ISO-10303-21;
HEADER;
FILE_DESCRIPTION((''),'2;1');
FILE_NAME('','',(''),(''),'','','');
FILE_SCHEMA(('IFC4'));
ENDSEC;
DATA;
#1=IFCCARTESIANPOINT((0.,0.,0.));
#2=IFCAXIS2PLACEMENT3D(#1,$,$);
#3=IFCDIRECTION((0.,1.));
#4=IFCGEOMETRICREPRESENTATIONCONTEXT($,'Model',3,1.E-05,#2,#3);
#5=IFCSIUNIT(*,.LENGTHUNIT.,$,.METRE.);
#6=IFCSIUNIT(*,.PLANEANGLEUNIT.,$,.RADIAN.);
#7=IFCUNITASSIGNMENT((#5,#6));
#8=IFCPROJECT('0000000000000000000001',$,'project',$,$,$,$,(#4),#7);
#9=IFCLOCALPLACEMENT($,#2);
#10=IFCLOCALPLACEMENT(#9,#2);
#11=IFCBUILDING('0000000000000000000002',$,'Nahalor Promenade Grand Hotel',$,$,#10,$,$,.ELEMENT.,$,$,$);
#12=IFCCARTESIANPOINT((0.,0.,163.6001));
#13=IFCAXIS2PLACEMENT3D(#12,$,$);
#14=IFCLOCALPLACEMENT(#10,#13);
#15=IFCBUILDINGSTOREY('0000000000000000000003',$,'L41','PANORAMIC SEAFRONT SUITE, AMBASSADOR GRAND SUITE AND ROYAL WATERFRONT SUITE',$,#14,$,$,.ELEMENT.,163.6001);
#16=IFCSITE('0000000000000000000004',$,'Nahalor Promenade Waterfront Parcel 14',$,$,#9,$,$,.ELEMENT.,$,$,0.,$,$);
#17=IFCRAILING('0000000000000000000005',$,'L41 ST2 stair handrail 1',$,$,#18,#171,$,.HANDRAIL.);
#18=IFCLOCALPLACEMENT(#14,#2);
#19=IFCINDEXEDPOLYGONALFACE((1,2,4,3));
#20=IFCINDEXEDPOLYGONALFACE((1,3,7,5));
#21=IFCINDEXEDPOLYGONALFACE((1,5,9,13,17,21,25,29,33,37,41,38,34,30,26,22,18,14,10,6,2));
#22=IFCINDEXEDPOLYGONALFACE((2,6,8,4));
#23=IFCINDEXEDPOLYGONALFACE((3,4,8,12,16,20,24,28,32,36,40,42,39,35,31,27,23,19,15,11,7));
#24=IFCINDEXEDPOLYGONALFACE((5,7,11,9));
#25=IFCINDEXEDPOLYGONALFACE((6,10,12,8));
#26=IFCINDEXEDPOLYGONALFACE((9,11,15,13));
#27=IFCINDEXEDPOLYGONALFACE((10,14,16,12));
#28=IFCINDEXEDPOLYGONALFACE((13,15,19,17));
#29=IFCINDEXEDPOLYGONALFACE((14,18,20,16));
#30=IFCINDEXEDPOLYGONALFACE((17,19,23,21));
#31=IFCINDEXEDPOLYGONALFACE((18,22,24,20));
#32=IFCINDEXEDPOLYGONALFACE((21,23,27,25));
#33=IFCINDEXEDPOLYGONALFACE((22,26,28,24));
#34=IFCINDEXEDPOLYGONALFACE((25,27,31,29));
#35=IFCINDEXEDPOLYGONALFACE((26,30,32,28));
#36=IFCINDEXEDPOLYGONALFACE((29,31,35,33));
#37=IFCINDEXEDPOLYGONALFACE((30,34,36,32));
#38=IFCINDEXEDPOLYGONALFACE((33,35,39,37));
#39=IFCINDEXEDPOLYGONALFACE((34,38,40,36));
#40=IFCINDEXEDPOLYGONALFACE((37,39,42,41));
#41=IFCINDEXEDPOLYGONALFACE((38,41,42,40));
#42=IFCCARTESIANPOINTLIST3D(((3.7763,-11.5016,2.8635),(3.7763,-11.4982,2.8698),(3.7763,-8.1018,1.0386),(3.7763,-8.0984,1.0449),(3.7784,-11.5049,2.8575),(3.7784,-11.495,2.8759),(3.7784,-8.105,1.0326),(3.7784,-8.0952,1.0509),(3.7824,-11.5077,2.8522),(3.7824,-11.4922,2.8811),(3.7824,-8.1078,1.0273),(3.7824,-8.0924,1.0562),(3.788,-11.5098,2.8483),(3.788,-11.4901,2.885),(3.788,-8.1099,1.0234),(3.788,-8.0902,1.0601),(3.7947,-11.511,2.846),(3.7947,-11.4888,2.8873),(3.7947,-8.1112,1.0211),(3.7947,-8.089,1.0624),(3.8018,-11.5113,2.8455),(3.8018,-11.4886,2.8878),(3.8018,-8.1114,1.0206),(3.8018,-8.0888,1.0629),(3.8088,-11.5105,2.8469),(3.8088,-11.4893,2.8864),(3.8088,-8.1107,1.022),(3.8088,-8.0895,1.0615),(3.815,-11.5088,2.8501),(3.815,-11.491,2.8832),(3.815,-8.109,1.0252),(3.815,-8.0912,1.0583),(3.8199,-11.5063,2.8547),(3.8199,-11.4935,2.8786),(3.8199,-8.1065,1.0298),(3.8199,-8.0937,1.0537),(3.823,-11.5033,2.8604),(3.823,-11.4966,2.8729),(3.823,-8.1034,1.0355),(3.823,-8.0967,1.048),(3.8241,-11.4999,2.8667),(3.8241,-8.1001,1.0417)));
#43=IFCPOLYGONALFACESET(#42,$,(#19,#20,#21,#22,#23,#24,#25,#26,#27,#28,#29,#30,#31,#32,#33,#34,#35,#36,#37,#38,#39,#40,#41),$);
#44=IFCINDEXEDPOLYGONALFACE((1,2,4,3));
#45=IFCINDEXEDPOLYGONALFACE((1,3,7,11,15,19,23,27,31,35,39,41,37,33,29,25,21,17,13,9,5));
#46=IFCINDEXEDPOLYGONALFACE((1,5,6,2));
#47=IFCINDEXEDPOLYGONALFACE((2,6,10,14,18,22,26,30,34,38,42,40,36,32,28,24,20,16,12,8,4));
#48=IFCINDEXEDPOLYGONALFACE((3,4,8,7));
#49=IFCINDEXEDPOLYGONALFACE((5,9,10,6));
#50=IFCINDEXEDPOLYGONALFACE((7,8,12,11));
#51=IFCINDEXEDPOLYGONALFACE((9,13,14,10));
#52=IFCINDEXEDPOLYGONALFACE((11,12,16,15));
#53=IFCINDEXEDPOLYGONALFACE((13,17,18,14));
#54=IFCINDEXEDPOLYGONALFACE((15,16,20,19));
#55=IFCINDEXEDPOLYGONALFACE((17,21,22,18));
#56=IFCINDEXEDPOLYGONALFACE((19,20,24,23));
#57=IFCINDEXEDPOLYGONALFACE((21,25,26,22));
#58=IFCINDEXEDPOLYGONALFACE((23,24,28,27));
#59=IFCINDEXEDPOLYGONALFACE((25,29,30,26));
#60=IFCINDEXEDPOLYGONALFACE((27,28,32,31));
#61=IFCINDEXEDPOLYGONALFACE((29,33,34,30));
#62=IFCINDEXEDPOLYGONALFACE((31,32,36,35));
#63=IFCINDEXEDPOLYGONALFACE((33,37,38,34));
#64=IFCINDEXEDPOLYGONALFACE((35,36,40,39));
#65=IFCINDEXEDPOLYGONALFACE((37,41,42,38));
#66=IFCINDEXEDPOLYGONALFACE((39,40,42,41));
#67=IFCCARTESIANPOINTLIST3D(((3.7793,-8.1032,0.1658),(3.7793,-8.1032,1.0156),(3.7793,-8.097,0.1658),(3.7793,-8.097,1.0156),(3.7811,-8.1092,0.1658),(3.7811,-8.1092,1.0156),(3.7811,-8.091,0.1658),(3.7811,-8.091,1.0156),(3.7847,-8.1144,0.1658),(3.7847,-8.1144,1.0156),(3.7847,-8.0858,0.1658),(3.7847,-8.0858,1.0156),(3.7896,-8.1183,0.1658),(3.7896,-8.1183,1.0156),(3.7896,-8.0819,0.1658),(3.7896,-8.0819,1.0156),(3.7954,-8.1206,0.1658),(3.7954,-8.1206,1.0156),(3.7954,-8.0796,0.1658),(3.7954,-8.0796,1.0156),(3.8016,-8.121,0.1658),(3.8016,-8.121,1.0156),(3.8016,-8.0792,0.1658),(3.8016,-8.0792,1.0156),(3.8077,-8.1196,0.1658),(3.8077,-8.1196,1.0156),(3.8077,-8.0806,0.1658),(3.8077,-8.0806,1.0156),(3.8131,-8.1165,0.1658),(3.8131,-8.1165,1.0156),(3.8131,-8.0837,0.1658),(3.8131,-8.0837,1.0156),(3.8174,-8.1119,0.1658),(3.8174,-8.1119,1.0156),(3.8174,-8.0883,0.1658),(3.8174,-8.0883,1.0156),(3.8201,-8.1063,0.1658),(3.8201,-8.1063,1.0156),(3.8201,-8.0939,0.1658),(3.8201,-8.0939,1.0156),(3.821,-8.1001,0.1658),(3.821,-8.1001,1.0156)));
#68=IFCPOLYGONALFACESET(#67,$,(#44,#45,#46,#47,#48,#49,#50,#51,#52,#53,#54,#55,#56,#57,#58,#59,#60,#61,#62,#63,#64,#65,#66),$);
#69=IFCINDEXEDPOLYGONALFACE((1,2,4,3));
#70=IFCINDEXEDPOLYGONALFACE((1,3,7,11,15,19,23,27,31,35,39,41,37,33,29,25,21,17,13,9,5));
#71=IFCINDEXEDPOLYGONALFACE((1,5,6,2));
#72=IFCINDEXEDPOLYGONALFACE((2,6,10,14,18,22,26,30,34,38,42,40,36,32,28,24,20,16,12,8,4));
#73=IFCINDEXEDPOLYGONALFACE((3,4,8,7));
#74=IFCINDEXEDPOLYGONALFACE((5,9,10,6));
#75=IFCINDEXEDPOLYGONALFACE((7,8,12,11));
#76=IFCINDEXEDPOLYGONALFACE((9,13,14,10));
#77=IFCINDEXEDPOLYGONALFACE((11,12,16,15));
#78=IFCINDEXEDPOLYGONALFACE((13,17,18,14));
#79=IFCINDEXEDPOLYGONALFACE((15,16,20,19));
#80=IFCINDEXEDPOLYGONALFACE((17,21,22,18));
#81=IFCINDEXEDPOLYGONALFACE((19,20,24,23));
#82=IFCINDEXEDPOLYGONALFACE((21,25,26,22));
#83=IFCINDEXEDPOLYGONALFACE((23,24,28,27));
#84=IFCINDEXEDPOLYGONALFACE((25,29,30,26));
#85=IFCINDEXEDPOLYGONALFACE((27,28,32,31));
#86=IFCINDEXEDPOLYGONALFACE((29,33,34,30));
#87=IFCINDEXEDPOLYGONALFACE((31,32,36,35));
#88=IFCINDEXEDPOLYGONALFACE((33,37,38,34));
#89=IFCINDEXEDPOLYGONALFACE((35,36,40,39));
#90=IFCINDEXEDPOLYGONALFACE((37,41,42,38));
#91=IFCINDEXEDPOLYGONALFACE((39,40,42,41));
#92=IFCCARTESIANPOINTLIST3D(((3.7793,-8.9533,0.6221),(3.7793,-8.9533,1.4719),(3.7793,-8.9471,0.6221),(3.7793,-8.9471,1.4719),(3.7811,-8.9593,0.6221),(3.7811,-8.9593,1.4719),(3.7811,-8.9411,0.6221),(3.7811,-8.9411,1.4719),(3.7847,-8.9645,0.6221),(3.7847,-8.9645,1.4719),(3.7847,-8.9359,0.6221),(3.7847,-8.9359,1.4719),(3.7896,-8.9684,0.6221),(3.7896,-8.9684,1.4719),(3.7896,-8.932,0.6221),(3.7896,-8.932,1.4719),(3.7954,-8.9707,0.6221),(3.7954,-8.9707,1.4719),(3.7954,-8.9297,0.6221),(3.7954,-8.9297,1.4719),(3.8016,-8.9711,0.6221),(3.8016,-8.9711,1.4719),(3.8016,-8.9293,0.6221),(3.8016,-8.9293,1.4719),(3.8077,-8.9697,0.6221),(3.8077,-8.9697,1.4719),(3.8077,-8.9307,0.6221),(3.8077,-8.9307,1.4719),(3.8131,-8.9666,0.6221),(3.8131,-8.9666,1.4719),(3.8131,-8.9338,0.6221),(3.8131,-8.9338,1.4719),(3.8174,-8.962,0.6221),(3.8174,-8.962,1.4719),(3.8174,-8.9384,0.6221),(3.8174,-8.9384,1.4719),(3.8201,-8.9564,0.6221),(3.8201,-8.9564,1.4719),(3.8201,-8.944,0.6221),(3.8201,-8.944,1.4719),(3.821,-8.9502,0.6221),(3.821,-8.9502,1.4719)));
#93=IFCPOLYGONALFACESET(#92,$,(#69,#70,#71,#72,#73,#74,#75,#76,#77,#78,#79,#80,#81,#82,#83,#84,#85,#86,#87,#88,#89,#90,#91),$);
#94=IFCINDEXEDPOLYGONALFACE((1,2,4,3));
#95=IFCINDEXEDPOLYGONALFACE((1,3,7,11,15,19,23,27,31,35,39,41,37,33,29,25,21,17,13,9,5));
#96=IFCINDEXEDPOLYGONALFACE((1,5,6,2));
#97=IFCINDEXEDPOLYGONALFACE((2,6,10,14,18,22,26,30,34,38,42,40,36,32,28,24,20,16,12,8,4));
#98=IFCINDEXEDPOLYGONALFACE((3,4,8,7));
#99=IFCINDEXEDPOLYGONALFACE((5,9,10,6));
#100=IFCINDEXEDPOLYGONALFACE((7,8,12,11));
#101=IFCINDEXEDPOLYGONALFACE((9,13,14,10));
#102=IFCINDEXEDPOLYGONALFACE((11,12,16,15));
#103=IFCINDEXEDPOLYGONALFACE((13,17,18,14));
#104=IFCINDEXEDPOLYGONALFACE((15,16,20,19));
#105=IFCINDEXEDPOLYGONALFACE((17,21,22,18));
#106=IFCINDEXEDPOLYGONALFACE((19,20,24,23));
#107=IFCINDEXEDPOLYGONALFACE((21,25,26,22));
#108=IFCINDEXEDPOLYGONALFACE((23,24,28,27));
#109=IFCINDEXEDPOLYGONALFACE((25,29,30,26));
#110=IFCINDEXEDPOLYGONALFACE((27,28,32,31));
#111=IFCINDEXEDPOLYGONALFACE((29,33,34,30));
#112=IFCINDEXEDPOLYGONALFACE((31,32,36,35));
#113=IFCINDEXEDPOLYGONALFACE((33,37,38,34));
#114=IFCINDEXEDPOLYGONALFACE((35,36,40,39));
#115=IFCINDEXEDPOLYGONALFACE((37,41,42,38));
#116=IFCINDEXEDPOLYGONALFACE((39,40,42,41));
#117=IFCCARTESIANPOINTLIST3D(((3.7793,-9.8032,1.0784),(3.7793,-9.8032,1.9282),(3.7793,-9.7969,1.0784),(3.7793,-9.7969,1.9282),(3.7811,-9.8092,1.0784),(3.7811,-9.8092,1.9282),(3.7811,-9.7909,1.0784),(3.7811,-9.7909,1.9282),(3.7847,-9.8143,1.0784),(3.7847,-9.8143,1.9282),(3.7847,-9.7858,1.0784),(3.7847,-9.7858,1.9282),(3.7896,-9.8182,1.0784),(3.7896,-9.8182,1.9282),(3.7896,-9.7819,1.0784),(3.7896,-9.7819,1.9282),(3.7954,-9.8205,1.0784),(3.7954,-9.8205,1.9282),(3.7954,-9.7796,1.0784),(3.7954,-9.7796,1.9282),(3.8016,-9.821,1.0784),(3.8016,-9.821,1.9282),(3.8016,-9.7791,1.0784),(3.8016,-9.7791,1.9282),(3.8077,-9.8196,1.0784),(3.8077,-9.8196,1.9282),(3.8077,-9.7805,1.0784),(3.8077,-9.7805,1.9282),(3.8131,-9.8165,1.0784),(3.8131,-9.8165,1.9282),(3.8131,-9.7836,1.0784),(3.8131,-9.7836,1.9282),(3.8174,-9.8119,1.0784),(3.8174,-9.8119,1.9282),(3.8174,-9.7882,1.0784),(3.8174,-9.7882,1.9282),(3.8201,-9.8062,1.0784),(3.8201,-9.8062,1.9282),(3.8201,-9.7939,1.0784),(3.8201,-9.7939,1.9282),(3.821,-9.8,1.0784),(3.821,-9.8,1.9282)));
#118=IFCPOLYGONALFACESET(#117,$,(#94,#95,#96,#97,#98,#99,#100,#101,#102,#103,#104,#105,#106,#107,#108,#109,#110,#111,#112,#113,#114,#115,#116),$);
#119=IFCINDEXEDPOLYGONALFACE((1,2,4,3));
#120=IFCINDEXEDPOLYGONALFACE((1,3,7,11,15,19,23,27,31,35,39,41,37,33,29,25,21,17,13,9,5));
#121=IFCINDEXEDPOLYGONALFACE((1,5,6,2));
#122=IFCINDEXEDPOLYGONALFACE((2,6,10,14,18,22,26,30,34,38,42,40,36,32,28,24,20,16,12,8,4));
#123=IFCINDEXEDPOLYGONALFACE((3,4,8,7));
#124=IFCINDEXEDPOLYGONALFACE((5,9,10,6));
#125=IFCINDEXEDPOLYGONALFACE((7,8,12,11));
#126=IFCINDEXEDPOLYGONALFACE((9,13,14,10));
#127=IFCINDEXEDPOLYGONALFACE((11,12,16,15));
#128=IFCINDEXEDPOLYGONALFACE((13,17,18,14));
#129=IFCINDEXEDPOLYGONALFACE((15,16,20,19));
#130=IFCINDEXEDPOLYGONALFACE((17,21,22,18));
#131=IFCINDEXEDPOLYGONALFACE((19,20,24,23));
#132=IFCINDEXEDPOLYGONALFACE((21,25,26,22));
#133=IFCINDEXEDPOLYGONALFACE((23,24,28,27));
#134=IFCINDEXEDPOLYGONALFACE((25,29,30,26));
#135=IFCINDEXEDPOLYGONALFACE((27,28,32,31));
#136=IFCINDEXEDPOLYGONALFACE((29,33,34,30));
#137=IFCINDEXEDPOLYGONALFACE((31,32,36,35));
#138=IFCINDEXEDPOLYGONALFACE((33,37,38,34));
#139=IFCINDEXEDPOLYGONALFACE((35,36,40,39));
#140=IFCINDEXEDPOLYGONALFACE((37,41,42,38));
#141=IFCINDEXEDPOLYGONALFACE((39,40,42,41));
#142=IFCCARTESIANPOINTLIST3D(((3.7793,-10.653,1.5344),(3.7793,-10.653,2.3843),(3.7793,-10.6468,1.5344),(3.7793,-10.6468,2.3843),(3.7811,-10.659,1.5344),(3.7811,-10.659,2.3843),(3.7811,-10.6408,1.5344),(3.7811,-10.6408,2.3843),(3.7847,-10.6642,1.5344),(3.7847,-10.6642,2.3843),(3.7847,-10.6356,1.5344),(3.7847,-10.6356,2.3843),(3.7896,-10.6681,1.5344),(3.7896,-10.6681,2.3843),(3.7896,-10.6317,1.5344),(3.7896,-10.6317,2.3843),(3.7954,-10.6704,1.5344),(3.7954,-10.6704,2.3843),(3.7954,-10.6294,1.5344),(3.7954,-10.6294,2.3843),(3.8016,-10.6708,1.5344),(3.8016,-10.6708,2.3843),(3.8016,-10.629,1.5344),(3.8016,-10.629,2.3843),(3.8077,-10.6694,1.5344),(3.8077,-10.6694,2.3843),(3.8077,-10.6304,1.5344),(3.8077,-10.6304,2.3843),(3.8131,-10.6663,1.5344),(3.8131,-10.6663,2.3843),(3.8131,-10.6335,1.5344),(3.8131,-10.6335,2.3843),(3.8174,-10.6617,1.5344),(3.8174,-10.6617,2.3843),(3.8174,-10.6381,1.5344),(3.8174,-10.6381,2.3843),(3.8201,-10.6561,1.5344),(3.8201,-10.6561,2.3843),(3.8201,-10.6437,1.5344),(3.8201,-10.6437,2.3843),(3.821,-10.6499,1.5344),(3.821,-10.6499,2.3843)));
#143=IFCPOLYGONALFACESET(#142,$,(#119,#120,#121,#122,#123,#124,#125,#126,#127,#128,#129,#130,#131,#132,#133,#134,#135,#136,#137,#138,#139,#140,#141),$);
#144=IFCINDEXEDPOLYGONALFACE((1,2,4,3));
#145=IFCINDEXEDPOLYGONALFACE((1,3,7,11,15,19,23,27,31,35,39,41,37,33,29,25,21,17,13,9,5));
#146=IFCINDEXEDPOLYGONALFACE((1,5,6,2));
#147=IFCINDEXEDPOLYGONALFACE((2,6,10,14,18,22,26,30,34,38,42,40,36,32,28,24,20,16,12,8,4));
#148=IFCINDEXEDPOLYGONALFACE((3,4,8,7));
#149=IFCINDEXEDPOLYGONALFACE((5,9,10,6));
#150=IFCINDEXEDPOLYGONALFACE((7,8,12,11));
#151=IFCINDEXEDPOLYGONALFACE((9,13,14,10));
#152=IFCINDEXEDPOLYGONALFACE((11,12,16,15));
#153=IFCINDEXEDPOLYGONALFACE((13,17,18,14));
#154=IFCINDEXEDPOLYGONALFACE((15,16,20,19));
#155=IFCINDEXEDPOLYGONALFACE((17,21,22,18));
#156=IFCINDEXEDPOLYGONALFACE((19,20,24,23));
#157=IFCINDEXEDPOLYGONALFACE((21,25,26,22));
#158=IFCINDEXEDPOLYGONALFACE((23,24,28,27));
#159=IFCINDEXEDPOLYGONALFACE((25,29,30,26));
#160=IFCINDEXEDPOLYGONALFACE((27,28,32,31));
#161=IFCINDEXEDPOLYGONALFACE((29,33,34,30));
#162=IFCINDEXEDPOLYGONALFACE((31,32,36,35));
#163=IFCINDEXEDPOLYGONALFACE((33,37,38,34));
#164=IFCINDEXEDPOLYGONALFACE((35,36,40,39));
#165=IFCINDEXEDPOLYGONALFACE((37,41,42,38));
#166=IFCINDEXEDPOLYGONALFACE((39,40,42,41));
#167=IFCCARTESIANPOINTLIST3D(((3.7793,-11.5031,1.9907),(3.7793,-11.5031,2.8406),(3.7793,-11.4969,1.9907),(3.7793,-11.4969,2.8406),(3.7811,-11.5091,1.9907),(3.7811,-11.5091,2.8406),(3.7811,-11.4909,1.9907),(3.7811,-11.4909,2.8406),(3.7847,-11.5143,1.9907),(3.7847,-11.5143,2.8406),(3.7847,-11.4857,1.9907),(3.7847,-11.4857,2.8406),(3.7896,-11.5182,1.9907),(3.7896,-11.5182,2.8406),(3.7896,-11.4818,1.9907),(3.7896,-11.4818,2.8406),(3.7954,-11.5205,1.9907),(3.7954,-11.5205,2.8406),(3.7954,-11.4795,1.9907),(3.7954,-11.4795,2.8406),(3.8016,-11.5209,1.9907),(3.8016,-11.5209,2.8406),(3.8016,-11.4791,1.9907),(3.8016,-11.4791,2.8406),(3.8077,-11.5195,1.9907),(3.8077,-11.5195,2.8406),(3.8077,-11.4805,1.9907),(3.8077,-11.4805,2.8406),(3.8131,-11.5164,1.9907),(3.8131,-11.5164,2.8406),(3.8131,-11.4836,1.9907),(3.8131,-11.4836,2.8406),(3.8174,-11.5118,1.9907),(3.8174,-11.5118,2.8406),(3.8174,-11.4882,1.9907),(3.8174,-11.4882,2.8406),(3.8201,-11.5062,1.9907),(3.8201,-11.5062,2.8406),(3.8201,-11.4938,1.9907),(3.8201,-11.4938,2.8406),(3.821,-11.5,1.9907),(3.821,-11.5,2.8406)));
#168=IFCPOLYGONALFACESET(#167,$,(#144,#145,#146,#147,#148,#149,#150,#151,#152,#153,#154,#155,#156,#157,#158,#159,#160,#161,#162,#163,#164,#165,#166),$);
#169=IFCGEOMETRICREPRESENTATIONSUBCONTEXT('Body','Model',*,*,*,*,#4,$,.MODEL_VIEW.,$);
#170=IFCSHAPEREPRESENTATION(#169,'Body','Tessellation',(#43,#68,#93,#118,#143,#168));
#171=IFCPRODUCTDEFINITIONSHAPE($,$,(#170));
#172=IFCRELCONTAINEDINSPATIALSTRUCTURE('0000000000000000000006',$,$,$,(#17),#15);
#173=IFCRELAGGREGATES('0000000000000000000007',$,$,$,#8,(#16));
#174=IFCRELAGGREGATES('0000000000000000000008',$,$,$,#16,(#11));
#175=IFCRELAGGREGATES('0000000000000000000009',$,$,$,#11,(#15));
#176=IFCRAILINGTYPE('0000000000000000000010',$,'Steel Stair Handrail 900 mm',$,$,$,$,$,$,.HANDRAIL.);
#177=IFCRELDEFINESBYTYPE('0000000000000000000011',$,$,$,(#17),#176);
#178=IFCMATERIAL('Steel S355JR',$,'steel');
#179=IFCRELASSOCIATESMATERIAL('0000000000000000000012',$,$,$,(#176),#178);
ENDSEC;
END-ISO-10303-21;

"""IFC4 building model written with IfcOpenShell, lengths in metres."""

from ifc_helpers import new_model, si_unit, direction, frame, origin, origin_2d, place, context, subcontext, project, spatial, circle, extrude, material, type_object, element, save


model = new_model("IFC4")

# Units and contexts
model_context = context("Model", 3, precision=1e-05, world=origin(), true_north=direction((0.0, 1.0)))
body_context = subcontext(model_context, "Body", "Model", "MODEL_VIEW")
ifc_project = project(units=[si_unit("LENGTHUNIT", "METRE"), si_unit("PLANEANGLEUNIT", "RADIAN")], contexts=[model_context])

# Site, building, storey
site_placement = place(None, origin())
site = spatial("IfcSite", under=ifc_project, at=site_placement, Name="Nahalor Promenade Waterfront Parcel 14", CompositionType="ELEMENT", RefElevation=0.0)
building_placement = place(site_placement, origin())
building = spatial("IfcBuilding", under=site, at=building_placement, Name="Nahalor Promenade Grand Hotel", CompositionType="ELEMENT")
storey_placement = place(building_placement, frame((0.0, 0.0, 163.6001)))
storey = spatial("IfcBuildingStorey", under=building, at=storey_placement, Name="L41", Description="PANORAMIC SEAFRONT SUITE, AMBASSADOR GRAND SUITE AND ROYAL WATERFRONT SUITE", CompositionType="ELEMENT", Elevation=163.6001)

# Shared definitions
ifc_material_1 = material(Name="Steel S355JR", Category="steel")

# Railing
railing_type_1 = type_object("IfcRailingType", Name="Steel Stair Handrail 900 mm", PredefinedType="HANDRAIL", material=ifc_material_1)
for number, where, name in (
    (1, (3.8, -8.1001, 0.1658), "L41 ST2 stair handrail 1"),
):
    element("IfcRailing", number, at=place(storey_placement, frame(where)), inside=storey, type_object=railing_type_1, Name=name, PredefinedType="HANDRAIL", context=body_context, shape_type="SweptSolid", body=[
        extrude(circle(Radius=0.024, at=origin_2d()), frame((0.0, 0.0, 0.876), z_axis=(0.0, -0.881094, 0.472941), x_axis=(1.0, 0.0, 0.0)), (0.0, 0.0, 1.0), 3.8586),
        extrude(circle(Radius=0.021, at=origin_2d()), origin(), (0.0, 0.0, 1.0), 0.8499),
        extrude(circle(Radius=0.021, at=origin_2d()), frame((0.0, -0.8501, 0.4563)), (0.0, 0.0, 1.0), 0.8499),
        extrude(circle(Radius=0.021, at=origin_2d()), frame((0.0, -1.7, 0.9126)), (0.0, 0.0, 1.0), 0.8499),
        extrude(circle(Radius=0.021, at=origin_2d()), frame((0.0, -2.5498, 1.3687)), (0.0, 0.0, 1.0), 0.8499),
        extrude(circle(Radius=0.021, at=origin_2d()), frame((0.0, -3.3999, 1.825)), (0.0, 0.0, 1.0), 0.8499),
    ])

save(model, "model.ifc")
